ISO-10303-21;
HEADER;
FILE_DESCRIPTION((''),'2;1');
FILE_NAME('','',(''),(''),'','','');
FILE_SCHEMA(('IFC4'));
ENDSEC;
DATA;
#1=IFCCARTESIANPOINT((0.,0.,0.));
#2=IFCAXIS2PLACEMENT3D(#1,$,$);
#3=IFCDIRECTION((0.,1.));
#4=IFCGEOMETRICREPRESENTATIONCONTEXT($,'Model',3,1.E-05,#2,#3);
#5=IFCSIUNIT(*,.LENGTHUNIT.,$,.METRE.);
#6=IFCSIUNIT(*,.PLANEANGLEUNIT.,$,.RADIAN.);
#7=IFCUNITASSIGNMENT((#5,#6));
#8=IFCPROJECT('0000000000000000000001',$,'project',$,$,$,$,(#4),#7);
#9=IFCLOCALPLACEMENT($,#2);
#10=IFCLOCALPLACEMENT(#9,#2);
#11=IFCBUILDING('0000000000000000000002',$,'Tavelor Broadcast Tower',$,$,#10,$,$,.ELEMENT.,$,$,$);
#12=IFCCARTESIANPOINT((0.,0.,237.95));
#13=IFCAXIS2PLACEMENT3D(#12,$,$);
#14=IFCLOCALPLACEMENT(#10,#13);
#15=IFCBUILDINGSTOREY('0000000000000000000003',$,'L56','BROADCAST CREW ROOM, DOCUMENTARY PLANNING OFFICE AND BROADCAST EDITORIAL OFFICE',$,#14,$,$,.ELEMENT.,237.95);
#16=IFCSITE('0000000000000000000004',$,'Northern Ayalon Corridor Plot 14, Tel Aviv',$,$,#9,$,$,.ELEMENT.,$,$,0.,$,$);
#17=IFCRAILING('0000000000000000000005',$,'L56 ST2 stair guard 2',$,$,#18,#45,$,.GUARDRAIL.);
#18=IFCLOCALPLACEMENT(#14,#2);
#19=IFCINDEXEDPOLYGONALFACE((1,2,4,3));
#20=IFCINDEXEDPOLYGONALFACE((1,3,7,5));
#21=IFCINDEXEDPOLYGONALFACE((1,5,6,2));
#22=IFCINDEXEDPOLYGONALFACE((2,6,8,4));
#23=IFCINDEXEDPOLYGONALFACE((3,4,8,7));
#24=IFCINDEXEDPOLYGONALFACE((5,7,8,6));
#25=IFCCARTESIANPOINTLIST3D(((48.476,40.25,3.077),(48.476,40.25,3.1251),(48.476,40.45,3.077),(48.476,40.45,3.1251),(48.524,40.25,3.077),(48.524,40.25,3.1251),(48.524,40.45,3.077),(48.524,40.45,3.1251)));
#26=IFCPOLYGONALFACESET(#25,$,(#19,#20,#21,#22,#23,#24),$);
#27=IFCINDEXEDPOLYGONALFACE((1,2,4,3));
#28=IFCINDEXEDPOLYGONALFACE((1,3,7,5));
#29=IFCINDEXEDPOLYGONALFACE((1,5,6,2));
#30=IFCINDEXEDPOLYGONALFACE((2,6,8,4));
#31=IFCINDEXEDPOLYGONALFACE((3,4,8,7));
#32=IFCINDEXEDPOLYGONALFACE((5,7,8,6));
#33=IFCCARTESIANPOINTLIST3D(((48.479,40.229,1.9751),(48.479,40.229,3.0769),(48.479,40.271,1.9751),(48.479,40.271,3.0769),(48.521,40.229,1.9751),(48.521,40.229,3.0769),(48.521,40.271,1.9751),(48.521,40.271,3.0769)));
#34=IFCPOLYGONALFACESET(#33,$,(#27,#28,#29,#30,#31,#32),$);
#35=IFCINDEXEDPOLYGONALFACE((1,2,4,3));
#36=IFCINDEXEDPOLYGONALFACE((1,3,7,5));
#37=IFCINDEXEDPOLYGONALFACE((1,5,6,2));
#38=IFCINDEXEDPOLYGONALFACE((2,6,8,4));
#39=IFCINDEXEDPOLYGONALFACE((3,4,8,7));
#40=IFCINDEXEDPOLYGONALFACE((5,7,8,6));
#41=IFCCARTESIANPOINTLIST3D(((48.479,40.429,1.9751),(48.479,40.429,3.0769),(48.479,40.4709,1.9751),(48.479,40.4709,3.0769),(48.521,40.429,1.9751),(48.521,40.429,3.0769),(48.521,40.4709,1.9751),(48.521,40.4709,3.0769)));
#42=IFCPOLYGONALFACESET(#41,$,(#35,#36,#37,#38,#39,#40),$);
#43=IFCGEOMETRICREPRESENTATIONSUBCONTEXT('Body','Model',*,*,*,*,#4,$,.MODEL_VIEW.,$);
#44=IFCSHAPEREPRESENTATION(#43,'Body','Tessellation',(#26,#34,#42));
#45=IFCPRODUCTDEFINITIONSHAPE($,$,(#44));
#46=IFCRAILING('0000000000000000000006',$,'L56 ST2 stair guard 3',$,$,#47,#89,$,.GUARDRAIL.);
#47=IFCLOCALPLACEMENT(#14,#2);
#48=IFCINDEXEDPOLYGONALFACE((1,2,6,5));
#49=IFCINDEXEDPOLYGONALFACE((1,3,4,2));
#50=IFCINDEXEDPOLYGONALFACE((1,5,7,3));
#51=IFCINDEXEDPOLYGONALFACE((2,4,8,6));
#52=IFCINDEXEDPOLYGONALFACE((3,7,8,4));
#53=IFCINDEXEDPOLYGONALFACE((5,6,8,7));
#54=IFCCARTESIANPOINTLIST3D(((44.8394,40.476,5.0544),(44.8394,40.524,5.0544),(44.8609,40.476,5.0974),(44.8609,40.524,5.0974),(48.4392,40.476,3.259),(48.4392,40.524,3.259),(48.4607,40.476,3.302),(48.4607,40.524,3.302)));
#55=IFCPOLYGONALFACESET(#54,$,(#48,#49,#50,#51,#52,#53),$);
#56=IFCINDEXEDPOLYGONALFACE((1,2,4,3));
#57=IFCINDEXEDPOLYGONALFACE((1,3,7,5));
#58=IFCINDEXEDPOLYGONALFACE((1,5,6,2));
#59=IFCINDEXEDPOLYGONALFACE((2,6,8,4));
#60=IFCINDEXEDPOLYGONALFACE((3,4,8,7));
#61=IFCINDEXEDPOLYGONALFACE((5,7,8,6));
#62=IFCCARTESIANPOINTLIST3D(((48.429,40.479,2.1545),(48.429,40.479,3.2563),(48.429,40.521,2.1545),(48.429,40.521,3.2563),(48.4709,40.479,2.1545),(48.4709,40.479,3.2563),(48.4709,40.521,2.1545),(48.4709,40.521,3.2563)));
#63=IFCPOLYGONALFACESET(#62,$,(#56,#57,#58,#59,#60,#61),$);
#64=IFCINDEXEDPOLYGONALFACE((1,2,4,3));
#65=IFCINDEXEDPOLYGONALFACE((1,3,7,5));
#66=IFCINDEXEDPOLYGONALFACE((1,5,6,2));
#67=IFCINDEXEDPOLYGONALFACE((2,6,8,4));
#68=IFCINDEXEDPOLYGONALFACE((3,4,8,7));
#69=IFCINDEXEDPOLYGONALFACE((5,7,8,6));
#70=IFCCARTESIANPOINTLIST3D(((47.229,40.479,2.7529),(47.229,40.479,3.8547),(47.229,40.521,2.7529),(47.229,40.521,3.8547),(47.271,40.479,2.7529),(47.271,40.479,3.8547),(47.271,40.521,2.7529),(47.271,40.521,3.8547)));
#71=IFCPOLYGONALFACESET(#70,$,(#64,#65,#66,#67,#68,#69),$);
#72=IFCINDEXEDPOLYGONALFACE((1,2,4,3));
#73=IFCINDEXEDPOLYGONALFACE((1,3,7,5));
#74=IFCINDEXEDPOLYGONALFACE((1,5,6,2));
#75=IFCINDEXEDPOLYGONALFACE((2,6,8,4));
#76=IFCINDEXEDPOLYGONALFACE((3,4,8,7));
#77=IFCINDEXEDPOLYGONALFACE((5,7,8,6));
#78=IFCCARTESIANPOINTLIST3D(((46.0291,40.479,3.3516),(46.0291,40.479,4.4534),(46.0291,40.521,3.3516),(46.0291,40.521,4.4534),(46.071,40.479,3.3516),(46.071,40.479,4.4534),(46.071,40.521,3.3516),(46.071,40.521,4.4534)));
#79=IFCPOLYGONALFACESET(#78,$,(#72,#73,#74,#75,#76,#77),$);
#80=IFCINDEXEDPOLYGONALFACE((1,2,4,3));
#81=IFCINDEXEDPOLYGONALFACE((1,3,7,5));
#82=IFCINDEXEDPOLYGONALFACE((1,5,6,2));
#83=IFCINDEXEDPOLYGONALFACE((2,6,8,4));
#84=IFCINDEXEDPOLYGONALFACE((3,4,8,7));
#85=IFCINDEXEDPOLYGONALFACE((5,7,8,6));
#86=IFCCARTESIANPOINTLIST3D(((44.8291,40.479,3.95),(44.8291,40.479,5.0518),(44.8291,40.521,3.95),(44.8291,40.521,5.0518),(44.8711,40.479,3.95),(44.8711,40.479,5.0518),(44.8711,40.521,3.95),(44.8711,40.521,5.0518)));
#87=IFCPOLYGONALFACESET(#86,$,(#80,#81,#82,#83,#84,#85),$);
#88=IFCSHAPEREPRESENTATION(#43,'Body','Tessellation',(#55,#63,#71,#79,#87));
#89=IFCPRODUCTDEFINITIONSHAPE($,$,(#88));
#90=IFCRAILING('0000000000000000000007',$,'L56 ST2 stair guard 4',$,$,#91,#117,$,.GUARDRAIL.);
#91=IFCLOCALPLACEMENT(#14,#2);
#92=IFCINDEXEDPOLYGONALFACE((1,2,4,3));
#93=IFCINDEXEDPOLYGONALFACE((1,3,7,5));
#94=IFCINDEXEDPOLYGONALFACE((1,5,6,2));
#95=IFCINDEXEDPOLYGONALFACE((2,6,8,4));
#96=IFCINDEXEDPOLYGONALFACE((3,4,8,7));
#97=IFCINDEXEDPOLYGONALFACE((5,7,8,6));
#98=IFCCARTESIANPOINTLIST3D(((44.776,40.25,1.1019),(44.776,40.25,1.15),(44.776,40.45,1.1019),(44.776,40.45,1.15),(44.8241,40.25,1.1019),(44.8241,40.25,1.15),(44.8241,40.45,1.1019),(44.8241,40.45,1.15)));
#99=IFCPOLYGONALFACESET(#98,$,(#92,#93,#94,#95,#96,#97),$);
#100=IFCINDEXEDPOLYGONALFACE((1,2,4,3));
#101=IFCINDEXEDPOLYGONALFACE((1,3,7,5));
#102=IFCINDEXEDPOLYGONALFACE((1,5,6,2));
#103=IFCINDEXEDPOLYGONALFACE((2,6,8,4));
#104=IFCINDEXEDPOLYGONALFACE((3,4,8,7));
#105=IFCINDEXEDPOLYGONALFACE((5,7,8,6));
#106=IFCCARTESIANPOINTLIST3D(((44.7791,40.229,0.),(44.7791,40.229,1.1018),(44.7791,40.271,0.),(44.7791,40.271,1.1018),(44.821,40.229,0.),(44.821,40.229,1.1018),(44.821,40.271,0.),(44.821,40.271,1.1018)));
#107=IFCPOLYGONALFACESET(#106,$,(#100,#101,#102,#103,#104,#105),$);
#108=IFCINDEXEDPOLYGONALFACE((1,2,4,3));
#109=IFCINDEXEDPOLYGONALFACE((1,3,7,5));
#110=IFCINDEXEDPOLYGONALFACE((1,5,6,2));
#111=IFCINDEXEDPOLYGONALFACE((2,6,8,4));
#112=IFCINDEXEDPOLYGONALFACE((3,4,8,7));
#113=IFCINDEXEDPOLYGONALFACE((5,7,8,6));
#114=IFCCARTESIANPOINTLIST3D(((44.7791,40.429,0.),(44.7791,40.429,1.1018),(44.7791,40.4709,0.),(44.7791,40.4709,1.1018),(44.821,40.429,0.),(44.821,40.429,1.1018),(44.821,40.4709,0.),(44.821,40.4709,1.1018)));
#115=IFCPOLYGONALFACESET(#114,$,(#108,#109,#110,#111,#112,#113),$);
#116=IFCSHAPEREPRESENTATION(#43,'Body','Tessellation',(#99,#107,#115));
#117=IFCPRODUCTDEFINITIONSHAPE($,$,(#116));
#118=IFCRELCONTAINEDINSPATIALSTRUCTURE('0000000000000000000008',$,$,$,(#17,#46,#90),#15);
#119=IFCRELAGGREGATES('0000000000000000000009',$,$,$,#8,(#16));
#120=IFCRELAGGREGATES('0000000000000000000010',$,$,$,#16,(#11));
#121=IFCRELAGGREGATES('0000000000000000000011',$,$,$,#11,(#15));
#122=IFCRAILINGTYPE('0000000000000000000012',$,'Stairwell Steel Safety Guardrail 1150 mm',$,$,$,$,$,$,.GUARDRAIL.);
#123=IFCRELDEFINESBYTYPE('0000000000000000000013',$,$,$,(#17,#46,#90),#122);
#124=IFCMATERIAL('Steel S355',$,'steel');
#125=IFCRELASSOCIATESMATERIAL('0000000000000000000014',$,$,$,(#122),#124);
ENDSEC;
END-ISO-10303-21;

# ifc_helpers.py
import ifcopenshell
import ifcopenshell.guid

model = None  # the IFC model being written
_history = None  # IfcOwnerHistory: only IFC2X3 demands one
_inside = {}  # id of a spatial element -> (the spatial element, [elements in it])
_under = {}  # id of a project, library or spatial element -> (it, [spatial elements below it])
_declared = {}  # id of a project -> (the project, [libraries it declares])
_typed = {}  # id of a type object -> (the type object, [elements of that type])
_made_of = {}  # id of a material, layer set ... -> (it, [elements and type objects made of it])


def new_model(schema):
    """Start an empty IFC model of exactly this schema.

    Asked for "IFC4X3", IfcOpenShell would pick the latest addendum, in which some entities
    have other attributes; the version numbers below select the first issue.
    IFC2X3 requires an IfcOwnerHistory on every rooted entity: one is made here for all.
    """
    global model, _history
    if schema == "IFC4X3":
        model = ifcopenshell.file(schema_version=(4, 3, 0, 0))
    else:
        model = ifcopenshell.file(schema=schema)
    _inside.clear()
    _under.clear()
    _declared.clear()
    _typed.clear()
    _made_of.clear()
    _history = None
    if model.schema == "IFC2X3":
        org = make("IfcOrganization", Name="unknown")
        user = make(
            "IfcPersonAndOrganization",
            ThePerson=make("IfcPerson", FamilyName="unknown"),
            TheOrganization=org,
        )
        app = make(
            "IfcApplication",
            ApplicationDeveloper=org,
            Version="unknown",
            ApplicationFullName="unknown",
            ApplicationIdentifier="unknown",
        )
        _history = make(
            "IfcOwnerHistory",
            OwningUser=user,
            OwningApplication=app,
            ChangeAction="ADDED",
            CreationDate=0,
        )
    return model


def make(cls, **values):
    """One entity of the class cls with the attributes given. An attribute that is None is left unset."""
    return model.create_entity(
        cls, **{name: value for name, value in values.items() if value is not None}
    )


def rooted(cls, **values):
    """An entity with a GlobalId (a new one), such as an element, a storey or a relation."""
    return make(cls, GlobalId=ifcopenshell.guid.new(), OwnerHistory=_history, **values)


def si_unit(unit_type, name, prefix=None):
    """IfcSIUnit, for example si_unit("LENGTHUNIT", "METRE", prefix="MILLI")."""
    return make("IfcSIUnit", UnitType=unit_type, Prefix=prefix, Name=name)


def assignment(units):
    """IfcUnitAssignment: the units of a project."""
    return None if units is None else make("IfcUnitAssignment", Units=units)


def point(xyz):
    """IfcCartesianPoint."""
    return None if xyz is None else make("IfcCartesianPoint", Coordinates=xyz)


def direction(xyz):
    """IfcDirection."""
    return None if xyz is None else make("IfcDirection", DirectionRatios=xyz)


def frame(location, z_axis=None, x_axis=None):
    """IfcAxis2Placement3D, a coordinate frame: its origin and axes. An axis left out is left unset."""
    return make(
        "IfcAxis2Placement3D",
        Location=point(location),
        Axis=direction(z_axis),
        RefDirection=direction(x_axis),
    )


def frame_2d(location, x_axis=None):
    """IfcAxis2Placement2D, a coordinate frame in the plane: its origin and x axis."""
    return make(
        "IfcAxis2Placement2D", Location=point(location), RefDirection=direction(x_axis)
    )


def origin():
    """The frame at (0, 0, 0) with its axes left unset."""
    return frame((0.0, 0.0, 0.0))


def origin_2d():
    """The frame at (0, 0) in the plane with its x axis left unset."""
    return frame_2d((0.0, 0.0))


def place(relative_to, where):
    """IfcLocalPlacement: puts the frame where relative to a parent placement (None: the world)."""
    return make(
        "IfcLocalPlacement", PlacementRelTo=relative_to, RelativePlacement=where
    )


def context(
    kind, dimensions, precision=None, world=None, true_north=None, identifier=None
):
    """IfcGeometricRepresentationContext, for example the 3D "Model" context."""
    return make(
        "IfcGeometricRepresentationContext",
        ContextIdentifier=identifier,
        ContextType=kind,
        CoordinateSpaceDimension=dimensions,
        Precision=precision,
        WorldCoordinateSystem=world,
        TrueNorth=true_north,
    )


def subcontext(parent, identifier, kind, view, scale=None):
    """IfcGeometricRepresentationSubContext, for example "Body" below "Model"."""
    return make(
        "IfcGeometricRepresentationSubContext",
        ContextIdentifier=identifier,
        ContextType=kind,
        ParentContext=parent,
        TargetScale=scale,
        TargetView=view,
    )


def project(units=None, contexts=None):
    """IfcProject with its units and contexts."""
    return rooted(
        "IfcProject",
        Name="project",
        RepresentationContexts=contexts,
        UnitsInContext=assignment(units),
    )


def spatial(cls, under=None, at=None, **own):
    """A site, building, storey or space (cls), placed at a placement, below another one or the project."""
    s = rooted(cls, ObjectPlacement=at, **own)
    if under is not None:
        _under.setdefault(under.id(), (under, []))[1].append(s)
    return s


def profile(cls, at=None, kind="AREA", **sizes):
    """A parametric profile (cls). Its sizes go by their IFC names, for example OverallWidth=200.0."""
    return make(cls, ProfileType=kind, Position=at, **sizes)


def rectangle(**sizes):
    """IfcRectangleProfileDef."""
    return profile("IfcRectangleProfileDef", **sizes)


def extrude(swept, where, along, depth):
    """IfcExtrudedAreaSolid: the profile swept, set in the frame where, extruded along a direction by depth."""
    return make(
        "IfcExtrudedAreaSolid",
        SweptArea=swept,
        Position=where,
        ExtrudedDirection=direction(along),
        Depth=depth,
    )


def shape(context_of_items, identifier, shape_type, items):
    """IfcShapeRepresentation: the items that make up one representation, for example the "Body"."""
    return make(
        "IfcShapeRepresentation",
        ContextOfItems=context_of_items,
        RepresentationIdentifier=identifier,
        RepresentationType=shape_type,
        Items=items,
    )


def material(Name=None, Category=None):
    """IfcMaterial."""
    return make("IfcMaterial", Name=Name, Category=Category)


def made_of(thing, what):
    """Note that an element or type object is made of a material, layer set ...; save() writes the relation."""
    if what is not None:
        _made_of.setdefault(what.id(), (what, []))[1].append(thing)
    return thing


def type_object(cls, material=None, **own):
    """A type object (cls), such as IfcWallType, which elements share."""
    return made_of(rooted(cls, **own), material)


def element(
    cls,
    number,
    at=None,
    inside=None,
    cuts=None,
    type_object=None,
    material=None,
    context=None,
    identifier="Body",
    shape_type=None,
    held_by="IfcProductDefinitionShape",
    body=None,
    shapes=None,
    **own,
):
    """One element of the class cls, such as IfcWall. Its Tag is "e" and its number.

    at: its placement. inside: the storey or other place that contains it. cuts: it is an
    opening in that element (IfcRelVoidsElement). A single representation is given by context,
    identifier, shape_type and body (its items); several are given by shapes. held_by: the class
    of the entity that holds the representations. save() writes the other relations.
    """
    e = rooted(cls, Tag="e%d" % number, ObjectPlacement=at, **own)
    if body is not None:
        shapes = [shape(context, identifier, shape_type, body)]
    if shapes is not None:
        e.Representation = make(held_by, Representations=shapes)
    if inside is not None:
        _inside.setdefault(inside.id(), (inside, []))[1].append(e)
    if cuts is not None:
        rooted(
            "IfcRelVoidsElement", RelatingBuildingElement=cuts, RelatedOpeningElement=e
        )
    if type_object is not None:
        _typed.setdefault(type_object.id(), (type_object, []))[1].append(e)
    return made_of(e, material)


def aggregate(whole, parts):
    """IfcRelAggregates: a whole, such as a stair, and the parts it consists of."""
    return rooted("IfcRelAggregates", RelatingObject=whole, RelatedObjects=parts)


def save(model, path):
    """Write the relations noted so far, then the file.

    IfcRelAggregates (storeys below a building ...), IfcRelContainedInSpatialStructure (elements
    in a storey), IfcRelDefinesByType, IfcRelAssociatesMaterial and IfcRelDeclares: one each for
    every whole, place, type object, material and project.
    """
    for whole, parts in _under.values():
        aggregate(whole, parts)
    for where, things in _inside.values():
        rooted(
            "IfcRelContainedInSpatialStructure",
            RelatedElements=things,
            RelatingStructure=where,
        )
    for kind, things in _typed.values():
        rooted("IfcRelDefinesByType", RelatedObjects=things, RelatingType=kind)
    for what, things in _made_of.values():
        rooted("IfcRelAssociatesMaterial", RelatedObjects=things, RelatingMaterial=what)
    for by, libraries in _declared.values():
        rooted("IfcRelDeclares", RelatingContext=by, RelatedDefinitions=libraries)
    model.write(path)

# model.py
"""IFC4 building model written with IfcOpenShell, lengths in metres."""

from ifc_helpers import new_model, si_unit, direction, frame, origin, origin_2d, place, context, subcontext, project, spatial, rectangle, extrude, material, type_object, element, save


model = new_model("IFC4")

# Units and contexts
model_context = context("Model", 3, precision=1e-05, world=origin(), true_north=direction((0.0, 1.0)))
body_context = subcontext(model_context, "Body", "Model", "MODEL_VIEW")
ifc_project = project(units=[si_unit("LENGTHUNIT", "METRE"), si_unit("PLANEANGLEUNIT", "RADIAN")], contexts=[model_context])

# Site, building, storey
site_placement = place(None, origin())
site = spatial("IfcSite", under=ifc_project, at=site_placement, Name="Northern Ayalon Corridor Plot 14, Tel Aviv", CompositionType="ELEMENT", RefElevation=0.0)
building_placement = place(site_placement, origin())
building = spatial("IfcBuilding", under=site, at=building_placement, Name="Tavelor Broadcast Tower", CompositionType="ELEMENT")
storey_placement = place(building_placement, frame((0.0, 0.0, 237.95)))
storey = spatial("IfcBuildingStorey", under=building, at=storey_placement, Name="L56", Description="BROADCAST CREW ROOM, DOCUMENTARY PLANNING OFFICE AND BROADCAST EDITORIAL OFFICE", CompositionType="ELEMENT", Elevation=237.95)

# Shared definitions
ifc_material_1 = material(Name="Steel S355", Category="steel")

# Railings
railing_type_1 = type_object("IfcRailingType", Name="Stairwell Steel Safety Guardrail 1150 mm", PredefinedType="GUARDRAIL", material=ifc_material_1)
railing_1_placement = place(storey_placement, frame((48.5, 40.25, 1.9751)))
element("IfcRailing", 1, at=railing_1_placement, inside=storey, type_object=railing_type_1, Name="L56 ST2 stair guard 2", PredefinedType="GUARDRAIL", context=body_context, shape_type="SweptSolid", body=[
    extrude(rectangle(XDim=0.0481, YDim=0.0481, at=origin_2d()), frame((0.0, 0.0, 1.126), z_axis=(0.0, 1.0, 0.0), x_axis=(-1.0, 0.0, 0.0)), (0.0, 0.0, 1.0), 0.2),
    extrude(rectangle(XDim=0.042, YDim=0.042, at=origin_2d()), origin(), (0.0, 0.0, 1.0), 1.1018),
    extrude(rectangle(XDim=0.042, YDim=0.042, at=origin_2d()), frame((0.0, 0.2, 0.0)), (0.0, 0.0, 1.0), 1.1018),
])
railing_2_placement = place(storey_placement, frame((48.45, 40.5, 2.1545)))
element("IfcRailing", 2, at=railing_2_placement, inside=storey, type_object=railing_type_1, Name="L56 ST2 stair guard 3", PredefinedType="GUARDRAIL", context=body_context, shape_type="SweptSolid", body=[
    extrude(rectangle(XDim=0.0481, YDim=0.0481, at=origin_2d()), frame((0.0, 0.0, 1.126), z_axis=(-0.894876, 0.0, 0.446315), x_axis=(0.0, -1.0, 0.0)), (0.0, 0.0, 1.0), 4.0227),
    extrude(rectangle(XDim=0.042, YDim=0.042, at=origin_2d()), origin(), (0.0, 0.0, 1.0), 1.1018),
    extrude(rectangle(XDim=0.042, YDim=0.042, at=origin_2d()), frame((-1.2, 0.0, 0.5984)), (0.0, 0.0, 1.0), 1.1018),
    extrude(rectangle(XDim=0.042, YDim=0.042, at=origin_2d()), frame((-2.3999, 0.0, 1.197)), (0.0, 0.0, 1.0), 1.1018),
    extrude(rectangle(XDim=0.042, YDim=0.042, at=origin_2d()), frame((-3.5999, 0.0, 1.7954)), (0.0, 0.0, 1.0), 1.1018),
])
railing_3_placement = place(storey_placement, frame((44.8, 40.25, 0.0)))
element("IfcRailing", 3, at=railing_3_placement, inside=storey, type_object=railing_type_1, Name="L56 ST2 stair guard 4", PredefinedType="GUARDRAIL", context=body_context, shape_type="SweptSolid", body=[
    extrude(rectangle(XDim=0.0481, YDim=0.0481, at=origin_2d()), frame((0.0, 0.0, 1.126), z_axis=(0.0, 1.0, 0.0), x_axis=(-1.0, 0.0, 0.0)), (0.0, 0.0, 1.0), 0.2),
    extrude(rectangle(XDim=0.042, YDim=0.042, at=origin_2d()), origin(), (0.0, 0.0, 1.0), 1.1018),
    extrude(rectangle(XDim=0.042, YDim=0.042, at=origin_2d()), frame((0.0, 0.2, 0.0)), (0.0, 0.0, 1.0), 1.1018),
])

save(model, "model.ifc")
